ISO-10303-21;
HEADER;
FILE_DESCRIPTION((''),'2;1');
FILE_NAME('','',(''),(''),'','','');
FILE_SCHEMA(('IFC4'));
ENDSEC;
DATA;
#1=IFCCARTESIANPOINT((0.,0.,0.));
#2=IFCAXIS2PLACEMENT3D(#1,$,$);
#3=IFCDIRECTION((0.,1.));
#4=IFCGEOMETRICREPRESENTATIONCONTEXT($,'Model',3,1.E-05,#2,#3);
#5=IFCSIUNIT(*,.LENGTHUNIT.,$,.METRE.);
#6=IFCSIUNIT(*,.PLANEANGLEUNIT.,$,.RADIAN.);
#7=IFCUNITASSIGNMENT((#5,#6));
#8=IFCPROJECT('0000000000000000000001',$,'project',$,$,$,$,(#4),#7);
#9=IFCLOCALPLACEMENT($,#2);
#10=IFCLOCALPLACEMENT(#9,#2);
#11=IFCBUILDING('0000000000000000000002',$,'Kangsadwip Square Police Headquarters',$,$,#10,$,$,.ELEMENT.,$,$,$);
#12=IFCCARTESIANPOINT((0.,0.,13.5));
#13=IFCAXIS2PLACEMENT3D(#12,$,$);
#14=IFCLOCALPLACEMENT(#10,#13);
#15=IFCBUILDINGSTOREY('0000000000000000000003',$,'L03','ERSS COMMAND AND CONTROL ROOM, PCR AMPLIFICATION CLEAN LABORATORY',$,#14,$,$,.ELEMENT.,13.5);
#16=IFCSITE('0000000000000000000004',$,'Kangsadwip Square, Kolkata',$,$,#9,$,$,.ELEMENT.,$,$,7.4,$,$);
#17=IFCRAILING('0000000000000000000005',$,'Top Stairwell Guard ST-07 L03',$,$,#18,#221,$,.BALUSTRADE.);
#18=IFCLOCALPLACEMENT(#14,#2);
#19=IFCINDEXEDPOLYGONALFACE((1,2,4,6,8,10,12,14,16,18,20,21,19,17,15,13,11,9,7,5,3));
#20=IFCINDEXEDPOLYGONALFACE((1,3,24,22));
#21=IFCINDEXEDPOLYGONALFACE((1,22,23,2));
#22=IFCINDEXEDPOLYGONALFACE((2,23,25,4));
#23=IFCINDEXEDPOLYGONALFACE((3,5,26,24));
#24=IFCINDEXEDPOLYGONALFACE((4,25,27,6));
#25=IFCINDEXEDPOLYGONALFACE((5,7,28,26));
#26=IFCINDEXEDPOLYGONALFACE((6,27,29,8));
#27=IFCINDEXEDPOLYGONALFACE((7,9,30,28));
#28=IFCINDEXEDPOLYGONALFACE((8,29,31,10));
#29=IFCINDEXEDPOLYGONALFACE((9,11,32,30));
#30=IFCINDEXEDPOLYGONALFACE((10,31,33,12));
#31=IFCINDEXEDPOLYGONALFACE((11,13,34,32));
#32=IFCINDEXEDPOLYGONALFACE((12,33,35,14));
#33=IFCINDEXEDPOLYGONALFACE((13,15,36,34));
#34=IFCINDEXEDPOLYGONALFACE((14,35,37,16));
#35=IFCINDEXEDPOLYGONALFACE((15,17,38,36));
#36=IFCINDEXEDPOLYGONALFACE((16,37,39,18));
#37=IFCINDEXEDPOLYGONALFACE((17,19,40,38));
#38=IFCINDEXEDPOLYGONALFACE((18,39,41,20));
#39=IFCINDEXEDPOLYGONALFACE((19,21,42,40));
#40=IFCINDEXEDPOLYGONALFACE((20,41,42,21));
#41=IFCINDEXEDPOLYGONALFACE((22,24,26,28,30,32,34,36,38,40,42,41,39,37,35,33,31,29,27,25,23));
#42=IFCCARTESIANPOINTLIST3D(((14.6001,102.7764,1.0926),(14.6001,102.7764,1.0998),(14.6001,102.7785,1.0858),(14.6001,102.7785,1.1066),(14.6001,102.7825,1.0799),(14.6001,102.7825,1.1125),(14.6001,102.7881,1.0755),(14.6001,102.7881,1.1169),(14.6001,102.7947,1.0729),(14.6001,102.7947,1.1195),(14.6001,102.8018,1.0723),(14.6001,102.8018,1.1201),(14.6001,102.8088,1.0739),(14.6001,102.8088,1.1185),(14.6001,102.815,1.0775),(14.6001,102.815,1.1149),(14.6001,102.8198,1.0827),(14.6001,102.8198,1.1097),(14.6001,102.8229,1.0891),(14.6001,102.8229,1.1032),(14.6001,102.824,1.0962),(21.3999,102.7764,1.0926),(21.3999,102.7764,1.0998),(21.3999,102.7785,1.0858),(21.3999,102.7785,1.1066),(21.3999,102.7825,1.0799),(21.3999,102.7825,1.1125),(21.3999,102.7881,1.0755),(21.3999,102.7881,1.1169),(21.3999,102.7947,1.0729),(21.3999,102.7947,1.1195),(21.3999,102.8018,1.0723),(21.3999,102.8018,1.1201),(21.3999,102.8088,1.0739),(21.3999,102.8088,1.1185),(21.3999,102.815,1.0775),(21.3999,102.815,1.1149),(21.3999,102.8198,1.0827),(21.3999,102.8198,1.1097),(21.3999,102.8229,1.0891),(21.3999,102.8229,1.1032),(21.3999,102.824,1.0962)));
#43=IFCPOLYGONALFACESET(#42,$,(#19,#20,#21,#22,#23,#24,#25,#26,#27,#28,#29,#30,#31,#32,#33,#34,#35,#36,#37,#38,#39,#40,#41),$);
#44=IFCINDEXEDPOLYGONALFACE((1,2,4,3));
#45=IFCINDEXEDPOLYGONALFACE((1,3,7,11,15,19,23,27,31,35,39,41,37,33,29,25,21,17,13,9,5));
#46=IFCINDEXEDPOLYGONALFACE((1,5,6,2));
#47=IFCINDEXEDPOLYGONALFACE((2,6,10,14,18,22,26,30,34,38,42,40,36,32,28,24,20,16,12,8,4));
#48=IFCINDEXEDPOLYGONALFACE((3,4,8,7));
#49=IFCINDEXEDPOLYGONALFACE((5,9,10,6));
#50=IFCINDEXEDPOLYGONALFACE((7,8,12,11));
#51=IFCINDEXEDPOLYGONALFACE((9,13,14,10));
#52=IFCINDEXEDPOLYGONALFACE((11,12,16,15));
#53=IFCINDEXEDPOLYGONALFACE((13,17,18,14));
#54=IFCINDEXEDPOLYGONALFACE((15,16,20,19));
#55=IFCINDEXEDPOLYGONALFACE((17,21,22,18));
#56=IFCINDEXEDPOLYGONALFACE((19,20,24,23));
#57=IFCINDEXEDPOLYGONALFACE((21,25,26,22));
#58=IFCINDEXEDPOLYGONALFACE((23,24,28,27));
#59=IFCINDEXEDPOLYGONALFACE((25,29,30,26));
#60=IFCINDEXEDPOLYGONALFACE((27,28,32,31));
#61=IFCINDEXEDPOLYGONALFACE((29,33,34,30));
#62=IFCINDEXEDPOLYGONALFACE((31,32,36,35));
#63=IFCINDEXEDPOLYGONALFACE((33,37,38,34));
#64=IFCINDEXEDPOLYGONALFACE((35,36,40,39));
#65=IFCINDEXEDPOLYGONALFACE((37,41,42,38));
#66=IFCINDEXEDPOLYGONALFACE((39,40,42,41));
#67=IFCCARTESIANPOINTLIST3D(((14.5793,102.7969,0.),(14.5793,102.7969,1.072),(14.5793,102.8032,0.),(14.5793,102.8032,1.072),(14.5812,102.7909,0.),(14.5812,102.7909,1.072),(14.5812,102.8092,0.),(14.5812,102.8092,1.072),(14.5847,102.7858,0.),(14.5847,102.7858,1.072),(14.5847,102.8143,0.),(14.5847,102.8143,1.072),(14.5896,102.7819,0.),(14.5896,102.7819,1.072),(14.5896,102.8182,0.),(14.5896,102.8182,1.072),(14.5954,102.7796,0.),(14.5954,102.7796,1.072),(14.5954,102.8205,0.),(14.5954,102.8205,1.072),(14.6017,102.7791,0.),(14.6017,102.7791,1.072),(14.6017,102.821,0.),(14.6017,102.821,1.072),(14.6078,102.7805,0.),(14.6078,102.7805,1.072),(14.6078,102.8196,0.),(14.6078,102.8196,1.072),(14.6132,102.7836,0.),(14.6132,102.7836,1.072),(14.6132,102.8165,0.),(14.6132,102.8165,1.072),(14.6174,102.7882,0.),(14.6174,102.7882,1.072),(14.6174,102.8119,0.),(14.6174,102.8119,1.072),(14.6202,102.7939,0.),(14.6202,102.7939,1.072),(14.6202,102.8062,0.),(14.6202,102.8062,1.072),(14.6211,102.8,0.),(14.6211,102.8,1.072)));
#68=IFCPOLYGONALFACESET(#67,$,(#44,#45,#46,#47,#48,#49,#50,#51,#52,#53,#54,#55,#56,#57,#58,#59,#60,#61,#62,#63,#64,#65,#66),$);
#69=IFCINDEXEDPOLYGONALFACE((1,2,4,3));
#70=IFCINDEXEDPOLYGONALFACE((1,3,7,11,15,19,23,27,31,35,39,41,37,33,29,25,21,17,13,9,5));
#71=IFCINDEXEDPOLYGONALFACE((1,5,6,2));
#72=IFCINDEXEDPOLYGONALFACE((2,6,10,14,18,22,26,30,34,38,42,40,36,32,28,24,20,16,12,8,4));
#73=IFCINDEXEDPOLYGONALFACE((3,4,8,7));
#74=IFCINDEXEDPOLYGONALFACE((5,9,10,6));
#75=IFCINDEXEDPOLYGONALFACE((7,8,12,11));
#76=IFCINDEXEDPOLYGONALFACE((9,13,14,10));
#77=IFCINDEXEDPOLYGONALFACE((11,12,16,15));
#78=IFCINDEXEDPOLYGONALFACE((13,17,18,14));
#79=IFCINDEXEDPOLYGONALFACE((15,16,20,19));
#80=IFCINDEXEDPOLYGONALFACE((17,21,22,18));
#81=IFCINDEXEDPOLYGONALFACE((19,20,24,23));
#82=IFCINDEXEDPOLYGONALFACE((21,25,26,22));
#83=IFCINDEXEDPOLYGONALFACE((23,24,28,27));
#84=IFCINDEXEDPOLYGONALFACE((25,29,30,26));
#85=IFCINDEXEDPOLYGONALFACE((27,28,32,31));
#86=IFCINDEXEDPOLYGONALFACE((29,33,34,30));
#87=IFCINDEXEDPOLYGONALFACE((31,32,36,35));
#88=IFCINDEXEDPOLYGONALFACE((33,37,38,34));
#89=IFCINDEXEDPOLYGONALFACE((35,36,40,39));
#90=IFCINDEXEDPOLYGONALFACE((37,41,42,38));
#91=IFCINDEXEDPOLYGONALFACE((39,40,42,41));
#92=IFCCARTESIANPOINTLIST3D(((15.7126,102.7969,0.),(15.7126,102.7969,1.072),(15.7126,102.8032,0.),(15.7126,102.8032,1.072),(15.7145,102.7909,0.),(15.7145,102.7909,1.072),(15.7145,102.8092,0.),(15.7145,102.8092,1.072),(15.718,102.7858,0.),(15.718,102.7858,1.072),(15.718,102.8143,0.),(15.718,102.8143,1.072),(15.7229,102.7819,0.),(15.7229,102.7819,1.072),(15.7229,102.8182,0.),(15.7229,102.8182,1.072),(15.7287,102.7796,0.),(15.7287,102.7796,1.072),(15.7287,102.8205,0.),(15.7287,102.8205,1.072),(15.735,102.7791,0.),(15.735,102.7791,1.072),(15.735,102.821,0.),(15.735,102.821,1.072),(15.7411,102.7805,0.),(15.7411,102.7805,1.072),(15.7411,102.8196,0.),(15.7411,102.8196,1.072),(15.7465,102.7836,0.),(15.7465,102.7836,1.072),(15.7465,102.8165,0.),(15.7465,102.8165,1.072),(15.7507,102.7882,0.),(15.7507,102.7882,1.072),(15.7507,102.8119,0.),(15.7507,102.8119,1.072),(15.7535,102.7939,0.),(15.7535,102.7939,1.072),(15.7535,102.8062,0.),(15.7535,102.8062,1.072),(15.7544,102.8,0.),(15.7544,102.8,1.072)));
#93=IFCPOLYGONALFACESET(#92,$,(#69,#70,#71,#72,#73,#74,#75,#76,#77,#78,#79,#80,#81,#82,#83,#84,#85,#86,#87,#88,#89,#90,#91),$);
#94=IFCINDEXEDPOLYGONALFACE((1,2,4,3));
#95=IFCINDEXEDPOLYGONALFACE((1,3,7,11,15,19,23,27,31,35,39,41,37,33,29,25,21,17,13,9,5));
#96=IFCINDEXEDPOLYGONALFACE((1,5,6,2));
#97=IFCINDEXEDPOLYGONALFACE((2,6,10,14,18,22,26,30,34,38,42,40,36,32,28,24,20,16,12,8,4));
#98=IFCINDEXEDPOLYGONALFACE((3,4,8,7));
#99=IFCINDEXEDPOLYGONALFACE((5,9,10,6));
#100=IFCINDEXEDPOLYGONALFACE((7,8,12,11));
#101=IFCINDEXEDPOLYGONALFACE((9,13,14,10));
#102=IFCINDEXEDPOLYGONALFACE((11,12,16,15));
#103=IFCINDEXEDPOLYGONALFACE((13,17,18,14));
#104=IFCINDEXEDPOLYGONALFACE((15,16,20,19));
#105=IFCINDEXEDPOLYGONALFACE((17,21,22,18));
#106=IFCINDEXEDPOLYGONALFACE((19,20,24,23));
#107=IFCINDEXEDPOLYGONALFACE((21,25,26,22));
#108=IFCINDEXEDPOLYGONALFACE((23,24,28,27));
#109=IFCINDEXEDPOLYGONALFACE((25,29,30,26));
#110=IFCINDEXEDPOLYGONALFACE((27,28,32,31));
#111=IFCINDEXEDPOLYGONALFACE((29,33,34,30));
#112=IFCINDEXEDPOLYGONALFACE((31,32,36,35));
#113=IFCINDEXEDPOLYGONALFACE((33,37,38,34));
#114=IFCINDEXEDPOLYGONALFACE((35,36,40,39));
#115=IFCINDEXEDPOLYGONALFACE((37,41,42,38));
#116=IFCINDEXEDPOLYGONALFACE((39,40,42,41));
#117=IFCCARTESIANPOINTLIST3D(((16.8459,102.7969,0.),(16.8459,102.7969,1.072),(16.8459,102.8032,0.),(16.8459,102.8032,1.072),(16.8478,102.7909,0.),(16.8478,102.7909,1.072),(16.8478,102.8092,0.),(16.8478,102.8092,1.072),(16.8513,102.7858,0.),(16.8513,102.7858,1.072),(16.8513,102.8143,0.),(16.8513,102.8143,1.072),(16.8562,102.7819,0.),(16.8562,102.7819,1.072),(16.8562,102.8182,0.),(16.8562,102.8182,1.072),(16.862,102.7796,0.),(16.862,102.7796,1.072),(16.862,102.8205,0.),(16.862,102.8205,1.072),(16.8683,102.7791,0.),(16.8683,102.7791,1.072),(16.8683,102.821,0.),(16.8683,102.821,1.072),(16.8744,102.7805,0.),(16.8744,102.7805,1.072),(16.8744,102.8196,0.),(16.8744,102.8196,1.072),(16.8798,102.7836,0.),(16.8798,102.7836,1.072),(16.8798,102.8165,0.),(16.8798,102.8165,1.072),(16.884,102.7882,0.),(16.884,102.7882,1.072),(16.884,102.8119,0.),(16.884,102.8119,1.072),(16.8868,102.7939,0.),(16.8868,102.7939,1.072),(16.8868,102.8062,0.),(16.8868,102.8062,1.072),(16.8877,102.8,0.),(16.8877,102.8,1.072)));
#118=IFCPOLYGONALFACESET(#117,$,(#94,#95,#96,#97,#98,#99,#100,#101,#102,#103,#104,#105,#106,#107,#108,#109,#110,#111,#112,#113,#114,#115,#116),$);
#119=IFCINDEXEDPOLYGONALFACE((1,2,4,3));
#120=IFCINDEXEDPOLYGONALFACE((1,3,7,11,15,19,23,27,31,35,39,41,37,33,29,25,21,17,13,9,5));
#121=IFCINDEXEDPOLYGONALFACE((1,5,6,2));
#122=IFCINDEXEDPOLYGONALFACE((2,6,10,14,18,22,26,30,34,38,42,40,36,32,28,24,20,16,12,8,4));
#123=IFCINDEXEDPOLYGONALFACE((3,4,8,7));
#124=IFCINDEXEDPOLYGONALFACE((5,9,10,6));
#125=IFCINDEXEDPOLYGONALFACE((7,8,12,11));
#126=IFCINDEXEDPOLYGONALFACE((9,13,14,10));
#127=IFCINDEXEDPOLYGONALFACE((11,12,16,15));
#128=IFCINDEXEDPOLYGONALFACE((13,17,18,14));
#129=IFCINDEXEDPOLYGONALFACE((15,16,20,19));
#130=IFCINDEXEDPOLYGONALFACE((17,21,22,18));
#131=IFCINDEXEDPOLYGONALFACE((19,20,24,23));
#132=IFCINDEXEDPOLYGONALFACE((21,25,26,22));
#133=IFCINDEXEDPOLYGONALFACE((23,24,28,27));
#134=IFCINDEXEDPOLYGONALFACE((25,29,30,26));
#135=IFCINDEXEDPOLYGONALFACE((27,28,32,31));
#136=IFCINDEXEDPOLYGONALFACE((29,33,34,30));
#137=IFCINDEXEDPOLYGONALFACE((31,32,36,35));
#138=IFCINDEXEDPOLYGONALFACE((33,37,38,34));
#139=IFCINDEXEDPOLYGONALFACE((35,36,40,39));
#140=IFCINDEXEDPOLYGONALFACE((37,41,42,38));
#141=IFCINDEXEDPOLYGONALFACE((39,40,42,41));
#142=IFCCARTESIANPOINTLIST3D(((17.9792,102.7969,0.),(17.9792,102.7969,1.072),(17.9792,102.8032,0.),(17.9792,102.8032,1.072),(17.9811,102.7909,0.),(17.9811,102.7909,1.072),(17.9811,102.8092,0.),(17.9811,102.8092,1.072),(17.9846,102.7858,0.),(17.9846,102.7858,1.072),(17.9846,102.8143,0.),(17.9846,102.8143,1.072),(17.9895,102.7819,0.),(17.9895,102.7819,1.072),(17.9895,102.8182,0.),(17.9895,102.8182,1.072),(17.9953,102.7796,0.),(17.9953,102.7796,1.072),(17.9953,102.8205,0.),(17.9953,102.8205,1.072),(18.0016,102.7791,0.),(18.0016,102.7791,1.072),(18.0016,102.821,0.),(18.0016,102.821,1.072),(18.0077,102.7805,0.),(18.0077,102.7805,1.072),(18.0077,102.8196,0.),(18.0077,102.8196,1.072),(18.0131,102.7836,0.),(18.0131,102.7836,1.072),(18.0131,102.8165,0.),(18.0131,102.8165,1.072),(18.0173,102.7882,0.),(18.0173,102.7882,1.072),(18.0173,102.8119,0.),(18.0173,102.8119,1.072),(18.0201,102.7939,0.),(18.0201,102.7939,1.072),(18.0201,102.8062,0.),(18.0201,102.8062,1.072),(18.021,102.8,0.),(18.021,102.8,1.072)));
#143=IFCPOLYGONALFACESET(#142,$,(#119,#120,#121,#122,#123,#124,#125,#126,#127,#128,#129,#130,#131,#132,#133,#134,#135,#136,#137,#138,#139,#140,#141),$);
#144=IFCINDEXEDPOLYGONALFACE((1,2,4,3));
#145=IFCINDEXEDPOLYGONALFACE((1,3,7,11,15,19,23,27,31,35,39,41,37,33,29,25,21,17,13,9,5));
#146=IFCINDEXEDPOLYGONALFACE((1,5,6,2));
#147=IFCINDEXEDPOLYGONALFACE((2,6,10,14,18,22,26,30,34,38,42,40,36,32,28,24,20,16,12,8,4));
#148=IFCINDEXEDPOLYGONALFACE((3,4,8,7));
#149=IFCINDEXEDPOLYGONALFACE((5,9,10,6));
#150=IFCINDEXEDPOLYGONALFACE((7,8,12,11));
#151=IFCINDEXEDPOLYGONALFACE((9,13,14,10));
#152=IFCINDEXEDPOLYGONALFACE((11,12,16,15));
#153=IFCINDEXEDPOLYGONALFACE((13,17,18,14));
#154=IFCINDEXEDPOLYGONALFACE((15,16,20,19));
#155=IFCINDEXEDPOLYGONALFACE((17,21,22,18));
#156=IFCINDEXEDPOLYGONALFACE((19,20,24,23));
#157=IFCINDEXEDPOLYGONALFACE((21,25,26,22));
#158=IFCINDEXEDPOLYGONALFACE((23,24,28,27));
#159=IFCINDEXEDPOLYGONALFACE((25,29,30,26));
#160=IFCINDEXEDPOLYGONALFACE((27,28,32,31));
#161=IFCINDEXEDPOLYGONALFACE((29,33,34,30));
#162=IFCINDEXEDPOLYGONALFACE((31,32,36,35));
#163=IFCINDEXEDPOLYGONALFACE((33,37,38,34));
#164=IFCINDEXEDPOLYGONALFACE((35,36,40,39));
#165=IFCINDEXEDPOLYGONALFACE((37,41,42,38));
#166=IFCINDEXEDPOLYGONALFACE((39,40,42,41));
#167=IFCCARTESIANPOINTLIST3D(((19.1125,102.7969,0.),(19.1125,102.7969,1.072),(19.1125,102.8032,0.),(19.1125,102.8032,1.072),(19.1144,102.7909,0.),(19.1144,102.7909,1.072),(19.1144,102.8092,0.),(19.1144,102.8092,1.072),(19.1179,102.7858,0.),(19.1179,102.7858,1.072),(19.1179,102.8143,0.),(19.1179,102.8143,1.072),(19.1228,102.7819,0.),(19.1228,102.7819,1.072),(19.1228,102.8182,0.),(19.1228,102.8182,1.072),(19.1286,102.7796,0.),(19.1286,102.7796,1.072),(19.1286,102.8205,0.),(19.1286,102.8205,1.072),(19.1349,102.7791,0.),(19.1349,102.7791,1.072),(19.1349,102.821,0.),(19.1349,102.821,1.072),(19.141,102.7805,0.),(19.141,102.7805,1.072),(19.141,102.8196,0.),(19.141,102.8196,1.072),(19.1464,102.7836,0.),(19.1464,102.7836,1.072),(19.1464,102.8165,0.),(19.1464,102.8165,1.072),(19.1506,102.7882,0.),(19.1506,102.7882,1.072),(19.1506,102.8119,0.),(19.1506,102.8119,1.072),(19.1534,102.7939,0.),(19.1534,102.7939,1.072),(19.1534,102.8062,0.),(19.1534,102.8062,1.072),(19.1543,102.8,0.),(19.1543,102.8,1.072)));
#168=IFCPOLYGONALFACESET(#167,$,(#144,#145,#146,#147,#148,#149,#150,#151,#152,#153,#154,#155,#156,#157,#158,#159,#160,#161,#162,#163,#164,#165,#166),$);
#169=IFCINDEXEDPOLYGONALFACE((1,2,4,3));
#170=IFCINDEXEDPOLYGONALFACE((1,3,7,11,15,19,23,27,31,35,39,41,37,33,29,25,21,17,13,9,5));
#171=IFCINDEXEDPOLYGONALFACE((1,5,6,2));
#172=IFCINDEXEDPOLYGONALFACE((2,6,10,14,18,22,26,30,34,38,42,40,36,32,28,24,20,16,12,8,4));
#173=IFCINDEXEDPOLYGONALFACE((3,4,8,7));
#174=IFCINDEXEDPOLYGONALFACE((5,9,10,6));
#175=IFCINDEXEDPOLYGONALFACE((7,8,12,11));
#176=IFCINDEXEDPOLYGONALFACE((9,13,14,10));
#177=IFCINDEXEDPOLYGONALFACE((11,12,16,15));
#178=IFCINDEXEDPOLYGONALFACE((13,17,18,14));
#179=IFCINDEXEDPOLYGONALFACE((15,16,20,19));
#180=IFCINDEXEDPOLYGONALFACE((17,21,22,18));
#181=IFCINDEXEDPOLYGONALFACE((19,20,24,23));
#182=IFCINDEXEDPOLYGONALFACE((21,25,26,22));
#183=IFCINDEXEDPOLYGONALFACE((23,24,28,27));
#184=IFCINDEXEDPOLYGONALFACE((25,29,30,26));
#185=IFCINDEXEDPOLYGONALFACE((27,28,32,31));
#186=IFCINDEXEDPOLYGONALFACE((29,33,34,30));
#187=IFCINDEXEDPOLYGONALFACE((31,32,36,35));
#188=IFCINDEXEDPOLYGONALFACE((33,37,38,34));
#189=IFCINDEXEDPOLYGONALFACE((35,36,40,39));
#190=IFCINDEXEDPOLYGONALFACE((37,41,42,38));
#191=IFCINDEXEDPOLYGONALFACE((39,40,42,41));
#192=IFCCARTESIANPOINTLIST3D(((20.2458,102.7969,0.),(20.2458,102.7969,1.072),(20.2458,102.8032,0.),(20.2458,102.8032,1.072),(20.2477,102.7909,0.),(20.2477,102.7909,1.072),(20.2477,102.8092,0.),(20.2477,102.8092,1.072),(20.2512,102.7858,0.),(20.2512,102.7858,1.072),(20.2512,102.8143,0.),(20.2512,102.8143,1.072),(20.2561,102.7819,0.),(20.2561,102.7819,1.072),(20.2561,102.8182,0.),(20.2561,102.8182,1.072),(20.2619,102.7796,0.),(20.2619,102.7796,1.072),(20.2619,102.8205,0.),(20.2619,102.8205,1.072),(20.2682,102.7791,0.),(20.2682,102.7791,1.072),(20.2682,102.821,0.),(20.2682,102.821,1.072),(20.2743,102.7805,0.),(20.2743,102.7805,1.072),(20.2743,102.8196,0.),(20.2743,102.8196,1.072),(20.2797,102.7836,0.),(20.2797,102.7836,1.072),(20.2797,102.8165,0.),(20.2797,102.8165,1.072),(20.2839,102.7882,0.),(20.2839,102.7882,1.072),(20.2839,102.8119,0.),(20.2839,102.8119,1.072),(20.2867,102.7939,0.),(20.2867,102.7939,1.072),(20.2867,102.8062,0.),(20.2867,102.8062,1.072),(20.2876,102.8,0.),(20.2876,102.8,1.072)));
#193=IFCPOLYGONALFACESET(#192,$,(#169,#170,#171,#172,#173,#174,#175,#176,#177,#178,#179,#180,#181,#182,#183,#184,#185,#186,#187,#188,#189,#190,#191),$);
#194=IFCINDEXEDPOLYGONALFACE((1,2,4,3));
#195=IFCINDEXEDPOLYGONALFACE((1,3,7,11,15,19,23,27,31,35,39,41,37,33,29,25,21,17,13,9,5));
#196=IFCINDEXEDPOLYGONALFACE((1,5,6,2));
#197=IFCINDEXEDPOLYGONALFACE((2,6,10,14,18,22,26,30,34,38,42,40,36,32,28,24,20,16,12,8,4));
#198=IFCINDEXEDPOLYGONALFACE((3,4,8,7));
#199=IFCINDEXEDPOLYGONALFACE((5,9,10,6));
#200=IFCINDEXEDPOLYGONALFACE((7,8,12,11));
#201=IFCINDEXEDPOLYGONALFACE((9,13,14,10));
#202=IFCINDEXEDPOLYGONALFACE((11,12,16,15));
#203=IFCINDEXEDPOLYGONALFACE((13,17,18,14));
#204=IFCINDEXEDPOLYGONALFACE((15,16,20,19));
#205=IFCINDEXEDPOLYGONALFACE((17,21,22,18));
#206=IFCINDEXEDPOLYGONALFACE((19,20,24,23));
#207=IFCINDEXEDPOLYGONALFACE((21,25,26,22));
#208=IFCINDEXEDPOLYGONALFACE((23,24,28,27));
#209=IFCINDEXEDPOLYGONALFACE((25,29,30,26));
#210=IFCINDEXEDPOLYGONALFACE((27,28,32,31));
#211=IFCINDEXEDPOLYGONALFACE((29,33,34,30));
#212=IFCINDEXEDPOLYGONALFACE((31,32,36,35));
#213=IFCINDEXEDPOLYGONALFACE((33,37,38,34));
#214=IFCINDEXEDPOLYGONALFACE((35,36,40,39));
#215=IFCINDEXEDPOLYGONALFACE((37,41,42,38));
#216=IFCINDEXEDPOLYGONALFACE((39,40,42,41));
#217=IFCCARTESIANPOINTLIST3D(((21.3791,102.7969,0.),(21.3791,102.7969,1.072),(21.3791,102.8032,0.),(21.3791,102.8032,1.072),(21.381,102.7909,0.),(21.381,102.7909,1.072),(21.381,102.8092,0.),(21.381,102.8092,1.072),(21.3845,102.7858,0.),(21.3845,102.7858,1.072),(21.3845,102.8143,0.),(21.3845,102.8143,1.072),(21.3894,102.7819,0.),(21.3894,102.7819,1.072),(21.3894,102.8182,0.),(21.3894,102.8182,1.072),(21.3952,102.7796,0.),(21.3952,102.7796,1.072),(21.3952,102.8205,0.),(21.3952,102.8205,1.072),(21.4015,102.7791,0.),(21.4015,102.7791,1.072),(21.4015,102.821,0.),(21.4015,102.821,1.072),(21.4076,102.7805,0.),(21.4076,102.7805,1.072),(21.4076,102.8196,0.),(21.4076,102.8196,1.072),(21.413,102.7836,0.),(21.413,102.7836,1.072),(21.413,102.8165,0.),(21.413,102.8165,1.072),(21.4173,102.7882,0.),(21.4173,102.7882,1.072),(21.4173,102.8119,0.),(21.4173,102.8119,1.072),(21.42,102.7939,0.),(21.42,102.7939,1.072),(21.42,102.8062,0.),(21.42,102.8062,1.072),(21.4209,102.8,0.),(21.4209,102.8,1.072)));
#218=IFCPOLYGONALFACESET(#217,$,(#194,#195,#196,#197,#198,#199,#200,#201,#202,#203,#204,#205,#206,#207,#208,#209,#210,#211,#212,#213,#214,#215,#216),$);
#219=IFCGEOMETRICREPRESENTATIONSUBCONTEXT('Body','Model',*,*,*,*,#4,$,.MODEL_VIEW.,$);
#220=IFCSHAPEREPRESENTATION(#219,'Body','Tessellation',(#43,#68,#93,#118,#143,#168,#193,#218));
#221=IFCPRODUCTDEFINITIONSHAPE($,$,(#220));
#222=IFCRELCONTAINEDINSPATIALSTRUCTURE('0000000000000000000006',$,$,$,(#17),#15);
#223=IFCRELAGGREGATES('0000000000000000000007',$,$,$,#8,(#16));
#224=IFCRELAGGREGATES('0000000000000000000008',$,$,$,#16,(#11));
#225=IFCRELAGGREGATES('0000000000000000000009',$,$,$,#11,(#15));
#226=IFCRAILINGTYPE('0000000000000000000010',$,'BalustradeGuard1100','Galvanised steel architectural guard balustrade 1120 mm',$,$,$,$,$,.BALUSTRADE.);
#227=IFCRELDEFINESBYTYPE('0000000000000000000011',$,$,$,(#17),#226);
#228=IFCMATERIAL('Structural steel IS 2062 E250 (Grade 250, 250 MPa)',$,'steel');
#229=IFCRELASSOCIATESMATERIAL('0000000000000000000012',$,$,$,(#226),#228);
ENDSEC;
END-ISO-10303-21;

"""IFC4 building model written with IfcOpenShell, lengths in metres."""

from ifc_helpers import new_model, si_unit, direction, frame, origin, origin_2d, place, context, subcontext, project, spatial, circle, extrude, material, type_object, element, save


model = new_model("IFC4")

# Units and contexts
model_context = context("Model", 3, precision=1e-05, world=origin(), true_north=direction((0.0, 1.0)))
body_context = subcontext(model_context, "Body", "Model", "MODEL_VIEW")
ifc_project = project(units=[si_unit("LENGTHUNIT", "METRE"), si_unit("PLANEANGLEUNIT", "RADIAN")], contexts=[model_context])

# Site, building, storey
site_placement = place(None, origin())
site = spatial("IfcSite", under=ifc_project, at=site_placement, Name="Kangsadwip Square, Kolkata", CompositionType="ELEMENT", RefElevation=7.4)
building_placement = place(site_placement, origin())
building = spatial("IfcBuilding", under=site, at=building_placement, Name="Kangsadwip Square Police Headquarters", CompositionType="ELEMENT")
storey_placement = place(building_placement, frame((0.0, 0.0, 13.5)))
storey = spatial("IfcBuildingStorey", under=building, at=storey_placement, Name="L03", Description="ERSS COMMAND AND CONTROL ROOM, PCR AMPLIFICATION CLEAN LABORATORY", CompositionType="ELEMENT", Elevation=13.5)

# Railing
ifc_material_1 = material(Name="Structural steel IS 2062 E250 (Grade 250, 250 MPa)", Category="steel")
railing_type = type_object("IfcRailingType", Name="BalustradeGuard1100", Description="Galvanised steel architectural guard balustrade 1120 mm", PredefinedType="BALUSTRADE", material=ifc_material_1)
railing_placement = place(storey_placement, frame((14.6001, 102.8, 0.0)))
element("IfcRailing", 1, at=railing_placement, inside=storey, type_object=railing_type, Name="Top Stairwell Guard ST-07 L03", PredefinedType="BALUSTRADE", context=body_context, shape_type="SweptSolid", body=[
    extrude(circle(Radius=0.0239, at=origin_2d()), frame((0.0, 0.0, 1.0962), z_axis=(1.0, 0.0, 0.0), x_axis=(0.0, 1.0, 0.0)), (0.0, 0.0, 1.0), 6.7998),
    extrude(circle(Radius=0.021, at=origin_2d()), origin(), (0.0, 0.0, 1.0), 1.072),
    extrude(circle(Radius=0.021, at=origin_2d()), frame((1.1333, 0.0, 0.0)), (0.0, 0.0, 1.0), 1.072),
    extrude(circle(Radius=0.021, at=origin_2d()), frame((2.2666, 0.0, 0.0)), (0.0, 0.0, 1.0), 1.072),
    extrude(circle(Radius=0.021, at=origin_2d()), frame((3.3999, 0.0, 0.0)), (0.0, 0.0, 1.0), 1.072),
    extrude(circle(Radius=0.021, at=origin_2d()), frame((4.5332, 0.0, 0.0)), (0.0, 0.0, 1.0), 1.072),
    extrude(circle(Radius=0.021, at=origin_2d()), frame((5.6665, 0.0, 0.0)), (0.0, 0.0, 1.0), 1.072),
    extrude(circle(Radius=0.021, at=origin_2d()), frame((6.7998, 0.0, 0.0)), (0.0, 0.0, 1.0), 1.072),
])

save(model, "model.ifc")
